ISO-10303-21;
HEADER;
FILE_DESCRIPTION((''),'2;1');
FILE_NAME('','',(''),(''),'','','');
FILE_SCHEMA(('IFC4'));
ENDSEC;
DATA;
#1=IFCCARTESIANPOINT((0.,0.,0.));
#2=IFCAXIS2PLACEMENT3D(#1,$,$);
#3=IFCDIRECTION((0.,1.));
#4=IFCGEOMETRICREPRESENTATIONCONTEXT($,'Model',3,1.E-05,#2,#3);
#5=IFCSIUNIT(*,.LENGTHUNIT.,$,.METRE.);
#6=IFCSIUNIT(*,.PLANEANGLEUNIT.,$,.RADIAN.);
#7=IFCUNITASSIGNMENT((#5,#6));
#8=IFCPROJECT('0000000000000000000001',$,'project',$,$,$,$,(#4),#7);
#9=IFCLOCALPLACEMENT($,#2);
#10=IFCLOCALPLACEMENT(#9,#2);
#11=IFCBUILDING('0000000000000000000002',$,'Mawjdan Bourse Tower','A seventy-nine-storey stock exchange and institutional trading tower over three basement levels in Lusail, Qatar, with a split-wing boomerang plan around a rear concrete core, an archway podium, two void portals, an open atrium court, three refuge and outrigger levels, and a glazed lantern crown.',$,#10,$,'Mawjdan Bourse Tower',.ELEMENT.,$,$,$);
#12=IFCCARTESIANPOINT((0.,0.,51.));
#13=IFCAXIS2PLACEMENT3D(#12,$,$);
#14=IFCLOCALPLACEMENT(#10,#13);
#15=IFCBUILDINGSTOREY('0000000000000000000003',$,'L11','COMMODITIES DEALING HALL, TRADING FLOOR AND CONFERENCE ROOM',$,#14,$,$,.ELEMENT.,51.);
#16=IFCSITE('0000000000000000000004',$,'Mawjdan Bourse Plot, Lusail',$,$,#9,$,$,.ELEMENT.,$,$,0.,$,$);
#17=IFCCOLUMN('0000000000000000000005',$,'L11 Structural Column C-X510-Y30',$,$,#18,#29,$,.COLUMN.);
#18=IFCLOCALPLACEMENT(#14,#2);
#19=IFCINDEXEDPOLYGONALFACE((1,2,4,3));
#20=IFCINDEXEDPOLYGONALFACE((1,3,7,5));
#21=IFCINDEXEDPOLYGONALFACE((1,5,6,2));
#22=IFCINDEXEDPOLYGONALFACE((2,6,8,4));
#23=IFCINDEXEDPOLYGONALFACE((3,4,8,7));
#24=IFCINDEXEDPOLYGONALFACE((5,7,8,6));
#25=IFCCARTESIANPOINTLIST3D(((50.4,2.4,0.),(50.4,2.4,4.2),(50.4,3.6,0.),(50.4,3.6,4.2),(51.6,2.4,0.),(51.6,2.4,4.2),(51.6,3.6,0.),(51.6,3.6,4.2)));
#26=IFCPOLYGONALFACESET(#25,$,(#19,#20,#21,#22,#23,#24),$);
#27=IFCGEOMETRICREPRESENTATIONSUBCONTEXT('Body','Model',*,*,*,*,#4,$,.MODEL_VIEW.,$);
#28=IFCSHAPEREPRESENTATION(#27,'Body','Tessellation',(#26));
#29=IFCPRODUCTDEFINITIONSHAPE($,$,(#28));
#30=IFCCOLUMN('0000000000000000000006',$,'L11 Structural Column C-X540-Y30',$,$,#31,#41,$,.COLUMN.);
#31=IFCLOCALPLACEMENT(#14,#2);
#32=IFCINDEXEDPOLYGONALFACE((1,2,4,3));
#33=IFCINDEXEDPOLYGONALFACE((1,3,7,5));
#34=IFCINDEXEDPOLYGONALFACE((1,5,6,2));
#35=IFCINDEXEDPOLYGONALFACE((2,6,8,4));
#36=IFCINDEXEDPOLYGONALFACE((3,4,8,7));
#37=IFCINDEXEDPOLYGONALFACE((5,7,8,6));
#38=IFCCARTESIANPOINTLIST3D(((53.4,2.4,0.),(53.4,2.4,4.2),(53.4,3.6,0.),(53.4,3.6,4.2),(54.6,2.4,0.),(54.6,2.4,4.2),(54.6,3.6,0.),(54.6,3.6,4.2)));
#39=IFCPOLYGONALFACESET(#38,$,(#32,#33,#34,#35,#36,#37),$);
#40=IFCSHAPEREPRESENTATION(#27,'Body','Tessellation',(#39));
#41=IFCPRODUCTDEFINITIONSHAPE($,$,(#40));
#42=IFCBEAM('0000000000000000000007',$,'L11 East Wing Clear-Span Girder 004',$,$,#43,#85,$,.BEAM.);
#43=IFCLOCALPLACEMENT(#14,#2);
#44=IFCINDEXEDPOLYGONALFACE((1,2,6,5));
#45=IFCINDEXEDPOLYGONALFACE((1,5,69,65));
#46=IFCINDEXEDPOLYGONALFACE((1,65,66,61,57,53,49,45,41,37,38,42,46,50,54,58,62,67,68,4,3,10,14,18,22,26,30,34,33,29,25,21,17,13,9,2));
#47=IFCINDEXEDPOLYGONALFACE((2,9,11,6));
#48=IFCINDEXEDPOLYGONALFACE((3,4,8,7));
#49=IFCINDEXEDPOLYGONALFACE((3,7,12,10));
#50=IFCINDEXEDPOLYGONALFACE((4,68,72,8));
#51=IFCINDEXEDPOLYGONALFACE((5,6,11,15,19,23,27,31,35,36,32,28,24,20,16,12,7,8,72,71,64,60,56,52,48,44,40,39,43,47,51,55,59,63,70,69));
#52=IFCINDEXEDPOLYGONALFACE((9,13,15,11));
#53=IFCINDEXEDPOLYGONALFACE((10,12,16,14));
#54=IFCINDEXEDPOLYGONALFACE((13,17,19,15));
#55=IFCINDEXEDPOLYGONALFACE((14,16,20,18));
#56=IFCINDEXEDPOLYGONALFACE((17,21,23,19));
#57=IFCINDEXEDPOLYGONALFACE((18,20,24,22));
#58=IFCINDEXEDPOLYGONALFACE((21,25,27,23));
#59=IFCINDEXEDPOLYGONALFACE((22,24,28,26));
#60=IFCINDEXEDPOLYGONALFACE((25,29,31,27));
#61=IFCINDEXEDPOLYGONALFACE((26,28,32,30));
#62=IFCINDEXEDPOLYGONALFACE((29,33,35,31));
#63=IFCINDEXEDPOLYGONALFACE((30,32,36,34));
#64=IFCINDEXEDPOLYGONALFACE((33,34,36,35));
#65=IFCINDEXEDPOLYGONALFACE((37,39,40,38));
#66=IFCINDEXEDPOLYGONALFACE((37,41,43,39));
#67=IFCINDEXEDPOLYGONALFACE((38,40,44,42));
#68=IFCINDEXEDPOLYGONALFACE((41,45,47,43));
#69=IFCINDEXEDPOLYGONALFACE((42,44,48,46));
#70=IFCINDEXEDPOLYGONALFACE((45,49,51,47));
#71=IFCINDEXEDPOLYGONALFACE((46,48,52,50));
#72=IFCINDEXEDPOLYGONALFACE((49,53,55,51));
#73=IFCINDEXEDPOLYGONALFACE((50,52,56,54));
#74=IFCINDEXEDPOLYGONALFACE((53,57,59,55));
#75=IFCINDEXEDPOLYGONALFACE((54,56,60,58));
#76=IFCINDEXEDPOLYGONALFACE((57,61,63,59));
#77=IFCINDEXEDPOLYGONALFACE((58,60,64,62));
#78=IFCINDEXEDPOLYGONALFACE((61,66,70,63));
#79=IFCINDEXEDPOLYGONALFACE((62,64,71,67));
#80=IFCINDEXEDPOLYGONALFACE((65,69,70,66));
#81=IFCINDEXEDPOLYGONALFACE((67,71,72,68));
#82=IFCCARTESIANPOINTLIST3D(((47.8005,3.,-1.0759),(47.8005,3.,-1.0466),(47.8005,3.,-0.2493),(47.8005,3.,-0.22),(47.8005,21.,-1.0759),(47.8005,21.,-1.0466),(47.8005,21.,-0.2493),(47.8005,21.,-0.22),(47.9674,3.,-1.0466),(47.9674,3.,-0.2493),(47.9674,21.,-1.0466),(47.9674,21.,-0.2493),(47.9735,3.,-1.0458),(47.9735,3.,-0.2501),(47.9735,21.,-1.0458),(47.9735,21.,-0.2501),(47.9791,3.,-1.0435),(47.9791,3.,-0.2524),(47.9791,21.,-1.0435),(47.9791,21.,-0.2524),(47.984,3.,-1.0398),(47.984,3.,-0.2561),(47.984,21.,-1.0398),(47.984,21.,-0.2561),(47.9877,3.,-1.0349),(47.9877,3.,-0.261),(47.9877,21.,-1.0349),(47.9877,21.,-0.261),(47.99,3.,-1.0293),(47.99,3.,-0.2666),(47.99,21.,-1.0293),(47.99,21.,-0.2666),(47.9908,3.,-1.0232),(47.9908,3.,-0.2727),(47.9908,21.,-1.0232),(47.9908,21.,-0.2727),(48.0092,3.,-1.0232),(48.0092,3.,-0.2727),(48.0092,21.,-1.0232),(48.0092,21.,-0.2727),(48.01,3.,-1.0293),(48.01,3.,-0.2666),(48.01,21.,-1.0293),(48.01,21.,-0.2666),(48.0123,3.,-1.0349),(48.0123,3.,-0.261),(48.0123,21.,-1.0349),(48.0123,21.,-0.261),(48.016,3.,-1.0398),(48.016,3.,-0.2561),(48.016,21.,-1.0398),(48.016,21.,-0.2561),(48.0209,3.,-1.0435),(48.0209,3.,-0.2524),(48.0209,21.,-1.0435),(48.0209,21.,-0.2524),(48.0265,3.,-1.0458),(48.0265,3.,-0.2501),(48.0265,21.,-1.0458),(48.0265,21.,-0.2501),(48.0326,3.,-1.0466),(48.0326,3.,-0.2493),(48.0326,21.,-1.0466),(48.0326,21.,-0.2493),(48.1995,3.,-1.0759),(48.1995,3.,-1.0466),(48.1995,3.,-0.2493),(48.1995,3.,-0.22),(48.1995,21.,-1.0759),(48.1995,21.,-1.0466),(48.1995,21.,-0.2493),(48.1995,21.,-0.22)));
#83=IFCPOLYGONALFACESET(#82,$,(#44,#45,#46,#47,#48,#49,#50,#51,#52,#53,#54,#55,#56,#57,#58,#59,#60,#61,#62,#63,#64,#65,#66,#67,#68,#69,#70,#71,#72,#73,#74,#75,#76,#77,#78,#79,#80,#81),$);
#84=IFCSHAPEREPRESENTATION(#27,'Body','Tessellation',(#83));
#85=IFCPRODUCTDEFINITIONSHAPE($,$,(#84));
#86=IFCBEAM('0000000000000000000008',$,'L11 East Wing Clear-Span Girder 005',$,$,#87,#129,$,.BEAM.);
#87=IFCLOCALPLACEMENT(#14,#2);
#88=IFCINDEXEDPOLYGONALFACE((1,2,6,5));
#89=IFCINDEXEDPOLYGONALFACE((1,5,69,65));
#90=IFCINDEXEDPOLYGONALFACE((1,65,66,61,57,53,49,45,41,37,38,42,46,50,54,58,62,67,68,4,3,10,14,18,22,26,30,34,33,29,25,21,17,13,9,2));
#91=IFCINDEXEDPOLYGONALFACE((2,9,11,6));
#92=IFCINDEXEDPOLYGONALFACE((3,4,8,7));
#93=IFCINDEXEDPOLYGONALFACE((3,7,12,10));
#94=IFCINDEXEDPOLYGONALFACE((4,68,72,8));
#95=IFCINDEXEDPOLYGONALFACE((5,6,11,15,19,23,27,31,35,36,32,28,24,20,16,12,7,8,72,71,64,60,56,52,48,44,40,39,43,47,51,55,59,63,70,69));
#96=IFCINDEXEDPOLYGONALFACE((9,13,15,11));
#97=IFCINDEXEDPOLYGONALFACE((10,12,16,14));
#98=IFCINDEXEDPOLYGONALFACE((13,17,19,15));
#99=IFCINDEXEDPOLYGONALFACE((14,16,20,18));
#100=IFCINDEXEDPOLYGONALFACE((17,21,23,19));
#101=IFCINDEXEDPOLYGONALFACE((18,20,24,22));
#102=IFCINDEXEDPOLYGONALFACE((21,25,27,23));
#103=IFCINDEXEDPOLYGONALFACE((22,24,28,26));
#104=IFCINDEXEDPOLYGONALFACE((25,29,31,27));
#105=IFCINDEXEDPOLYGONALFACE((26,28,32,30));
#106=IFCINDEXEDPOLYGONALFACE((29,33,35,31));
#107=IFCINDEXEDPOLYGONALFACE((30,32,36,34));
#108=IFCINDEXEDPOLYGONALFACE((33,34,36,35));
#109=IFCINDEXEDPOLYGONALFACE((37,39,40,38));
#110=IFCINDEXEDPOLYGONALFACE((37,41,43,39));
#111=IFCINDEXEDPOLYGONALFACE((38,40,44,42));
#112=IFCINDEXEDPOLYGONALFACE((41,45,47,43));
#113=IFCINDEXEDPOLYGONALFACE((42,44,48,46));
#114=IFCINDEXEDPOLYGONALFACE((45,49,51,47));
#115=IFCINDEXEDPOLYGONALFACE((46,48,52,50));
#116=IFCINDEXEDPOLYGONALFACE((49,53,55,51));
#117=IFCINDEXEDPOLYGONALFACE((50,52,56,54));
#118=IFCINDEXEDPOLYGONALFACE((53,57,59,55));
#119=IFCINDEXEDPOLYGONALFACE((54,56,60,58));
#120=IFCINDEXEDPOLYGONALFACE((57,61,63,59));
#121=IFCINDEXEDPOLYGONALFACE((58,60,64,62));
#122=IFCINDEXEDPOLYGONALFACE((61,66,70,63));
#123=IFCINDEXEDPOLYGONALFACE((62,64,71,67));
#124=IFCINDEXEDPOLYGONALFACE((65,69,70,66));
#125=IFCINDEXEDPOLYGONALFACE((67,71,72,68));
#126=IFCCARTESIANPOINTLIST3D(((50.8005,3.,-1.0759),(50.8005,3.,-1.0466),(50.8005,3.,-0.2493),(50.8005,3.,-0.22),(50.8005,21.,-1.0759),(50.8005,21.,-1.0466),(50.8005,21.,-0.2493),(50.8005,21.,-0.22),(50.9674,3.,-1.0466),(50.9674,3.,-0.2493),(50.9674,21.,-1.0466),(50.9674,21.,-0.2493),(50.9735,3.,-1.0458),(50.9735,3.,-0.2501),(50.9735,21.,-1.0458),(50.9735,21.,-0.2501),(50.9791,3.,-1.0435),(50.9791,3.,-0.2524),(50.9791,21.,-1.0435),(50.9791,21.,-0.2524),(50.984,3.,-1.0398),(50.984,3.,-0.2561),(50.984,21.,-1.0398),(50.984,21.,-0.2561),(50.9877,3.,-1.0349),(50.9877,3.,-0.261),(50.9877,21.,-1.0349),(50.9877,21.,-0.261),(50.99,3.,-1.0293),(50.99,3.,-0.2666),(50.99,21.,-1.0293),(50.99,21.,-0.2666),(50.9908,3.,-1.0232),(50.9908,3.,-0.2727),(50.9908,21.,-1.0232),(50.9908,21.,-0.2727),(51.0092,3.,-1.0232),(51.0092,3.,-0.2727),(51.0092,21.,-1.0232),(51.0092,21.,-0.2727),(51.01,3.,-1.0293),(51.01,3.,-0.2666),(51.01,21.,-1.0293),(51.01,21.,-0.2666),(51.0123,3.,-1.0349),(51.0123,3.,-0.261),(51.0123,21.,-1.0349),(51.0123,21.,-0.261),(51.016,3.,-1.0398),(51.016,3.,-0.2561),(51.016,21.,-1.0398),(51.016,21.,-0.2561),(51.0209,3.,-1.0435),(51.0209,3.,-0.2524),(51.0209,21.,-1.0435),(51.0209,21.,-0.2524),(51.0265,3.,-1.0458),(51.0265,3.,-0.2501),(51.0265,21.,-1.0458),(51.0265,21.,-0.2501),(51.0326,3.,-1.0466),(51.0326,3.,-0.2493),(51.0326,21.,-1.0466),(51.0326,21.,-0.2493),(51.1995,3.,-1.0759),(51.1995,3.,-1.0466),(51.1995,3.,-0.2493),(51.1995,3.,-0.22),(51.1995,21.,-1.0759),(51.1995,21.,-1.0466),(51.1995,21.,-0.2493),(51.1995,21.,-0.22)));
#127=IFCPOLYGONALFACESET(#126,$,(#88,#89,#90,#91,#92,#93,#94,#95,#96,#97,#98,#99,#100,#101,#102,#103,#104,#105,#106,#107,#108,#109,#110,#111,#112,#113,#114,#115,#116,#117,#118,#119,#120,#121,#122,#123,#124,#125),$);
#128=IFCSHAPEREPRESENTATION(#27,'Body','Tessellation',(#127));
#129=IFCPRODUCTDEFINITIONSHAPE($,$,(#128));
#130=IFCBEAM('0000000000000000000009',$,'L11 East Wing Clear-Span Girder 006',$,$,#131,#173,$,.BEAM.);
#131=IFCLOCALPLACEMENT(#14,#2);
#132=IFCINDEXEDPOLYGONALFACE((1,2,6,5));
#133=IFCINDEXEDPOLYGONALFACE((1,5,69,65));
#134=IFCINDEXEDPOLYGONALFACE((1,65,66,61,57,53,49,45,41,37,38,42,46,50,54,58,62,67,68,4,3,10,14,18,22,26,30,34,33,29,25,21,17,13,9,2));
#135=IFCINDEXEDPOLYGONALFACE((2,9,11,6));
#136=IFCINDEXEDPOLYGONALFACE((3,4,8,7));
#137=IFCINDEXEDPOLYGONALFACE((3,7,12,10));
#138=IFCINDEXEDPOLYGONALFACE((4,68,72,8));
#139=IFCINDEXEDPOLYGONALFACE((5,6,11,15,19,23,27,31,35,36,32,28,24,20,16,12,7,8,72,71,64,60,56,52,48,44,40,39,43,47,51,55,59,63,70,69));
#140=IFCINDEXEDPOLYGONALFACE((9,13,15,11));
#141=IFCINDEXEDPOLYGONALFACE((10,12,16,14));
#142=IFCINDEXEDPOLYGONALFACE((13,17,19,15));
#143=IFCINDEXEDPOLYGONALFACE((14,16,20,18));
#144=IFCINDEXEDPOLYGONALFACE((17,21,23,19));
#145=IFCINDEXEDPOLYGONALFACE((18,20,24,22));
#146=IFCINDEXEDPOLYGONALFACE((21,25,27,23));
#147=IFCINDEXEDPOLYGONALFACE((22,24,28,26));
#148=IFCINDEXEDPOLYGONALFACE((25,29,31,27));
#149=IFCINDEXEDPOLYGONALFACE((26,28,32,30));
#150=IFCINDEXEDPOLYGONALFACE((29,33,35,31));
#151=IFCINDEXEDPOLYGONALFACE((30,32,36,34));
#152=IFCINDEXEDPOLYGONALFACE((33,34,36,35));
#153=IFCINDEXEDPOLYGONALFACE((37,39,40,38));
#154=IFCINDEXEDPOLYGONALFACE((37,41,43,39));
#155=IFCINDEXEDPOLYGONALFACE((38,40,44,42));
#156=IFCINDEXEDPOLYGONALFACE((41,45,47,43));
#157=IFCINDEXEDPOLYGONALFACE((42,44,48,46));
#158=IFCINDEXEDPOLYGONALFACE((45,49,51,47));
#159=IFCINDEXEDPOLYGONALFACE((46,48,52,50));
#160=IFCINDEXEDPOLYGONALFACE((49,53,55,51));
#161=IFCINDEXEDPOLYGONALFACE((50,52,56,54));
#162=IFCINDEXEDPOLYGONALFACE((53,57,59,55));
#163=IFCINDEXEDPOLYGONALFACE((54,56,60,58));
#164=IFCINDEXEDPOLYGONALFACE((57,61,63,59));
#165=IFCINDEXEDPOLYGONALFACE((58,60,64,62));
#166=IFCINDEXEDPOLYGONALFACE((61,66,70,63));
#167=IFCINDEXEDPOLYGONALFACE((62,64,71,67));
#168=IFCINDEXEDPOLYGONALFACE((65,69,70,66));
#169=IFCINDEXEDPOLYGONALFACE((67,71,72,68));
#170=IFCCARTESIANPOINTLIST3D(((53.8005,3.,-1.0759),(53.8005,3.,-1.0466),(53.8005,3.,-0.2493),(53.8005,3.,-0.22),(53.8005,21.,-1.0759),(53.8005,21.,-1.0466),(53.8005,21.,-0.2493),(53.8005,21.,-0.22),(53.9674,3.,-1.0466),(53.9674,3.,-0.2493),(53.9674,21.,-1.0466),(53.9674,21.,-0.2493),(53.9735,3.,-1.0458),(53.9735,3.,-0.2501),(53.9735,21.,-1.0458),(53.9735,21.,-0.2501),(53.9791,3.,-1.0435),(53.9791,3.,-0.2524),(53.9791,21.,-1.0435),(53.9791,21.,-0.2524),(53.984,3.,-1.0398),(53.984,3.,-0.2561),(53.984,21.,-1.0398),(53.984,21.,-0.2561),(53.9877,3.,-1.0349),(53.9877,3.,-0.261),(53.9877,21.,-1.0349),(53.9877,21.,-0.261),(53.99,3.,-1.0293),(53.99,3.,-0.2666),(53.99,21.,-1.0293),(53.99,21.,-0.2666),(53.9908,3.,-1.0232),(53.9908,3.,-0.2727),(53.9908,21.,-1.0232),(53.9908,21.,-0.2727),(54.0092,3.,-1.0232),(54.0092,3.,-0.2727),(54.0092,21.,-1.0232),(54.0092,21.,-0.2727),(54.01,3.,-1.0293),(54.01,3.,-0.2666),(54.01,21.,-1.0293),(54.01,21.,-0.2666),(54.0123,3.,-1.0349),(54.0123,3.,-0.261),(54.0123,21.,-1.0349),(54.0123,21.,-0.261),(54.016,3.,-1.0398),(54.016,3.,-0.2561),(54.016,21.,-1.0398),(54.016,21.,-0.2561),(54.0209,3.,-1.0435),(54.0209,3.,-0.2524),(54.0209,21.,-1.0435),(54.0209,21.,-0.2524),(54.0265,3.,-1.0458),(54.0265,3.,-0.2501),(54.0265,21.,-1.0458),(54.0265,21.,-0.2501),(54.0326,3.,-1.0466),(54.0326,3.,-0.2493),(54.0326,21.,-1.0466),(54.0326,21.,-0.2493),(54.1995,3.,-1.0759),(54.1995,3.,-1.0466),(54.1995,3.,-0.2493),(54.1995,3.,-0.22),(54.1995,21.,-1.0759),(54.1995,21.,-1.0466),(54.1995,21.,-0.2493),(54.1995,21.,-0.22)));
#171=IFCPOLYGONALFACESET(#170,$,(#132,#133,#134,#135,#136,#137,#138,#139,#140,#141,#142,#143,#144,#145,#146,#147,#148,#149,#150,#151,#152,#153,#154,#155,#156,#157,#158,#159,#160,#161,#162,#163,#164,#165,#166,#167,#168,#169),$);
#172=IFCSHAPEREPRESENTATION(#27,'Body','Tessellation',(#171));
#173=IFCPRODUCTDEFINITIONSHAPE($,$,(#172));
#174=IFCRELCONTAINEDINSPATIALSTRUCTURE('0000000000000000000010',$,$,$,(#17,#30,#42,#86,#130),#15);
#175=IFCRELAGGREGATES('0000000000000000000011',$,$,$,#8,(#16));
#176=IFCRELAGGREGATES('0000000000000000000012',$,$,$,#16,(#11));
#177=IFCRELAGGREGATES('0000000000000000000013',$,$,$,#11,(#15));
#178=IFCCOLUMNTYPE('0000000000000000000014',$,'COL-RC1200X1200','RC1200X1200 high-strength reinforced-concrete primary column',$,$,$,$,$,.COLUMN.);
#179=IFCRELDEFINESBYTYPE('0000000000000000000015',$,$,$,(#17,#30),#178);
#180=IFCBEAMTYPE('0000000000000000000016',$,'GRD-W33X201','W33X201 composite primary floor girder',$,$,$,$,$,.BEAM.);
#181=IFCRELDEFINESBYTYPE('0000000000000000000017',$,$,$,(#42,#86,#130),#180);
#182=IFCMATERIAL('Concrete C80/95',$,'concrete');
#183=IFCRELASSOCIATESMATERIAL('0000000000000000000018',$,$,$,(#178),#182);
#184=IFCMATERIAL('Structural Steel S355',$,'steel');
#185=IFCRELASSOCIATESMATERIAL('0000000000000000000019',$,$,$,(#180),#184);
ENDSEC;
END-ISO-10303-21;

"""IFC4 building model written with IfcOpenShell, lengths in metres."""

from ifc_helpers import new_model, si_unit, direction, frame, origin, origin_2d, place, context, subcontext, project, spatial, rectangle, i_section, extrude, material, material_profile, profile_set, type_object, element, save


model = new_model("IFC4")

# Units and contexts
model_context = context("Model", 3, precision=1e-05, world=origin(), true_north=direction((0.0, 1.0)))
body_context = subcontext(model_context, "Body", "Model", "MODEL_VIEW")
ifc_project = project(units=[si_unit("LENGTHUNIT", "METRE"), si_unit("PLANEANGLEUNIT", "RADIAN")], contexts=[model_context])

# Site, building, storey
site_placement = place(None, origin())
site = spatial("IfcSite", under=ifc_project, at=site_placement, Name="Mawjdan Bourse Plot, Lusail", CompositionType="ELEMENT", RefElevation=0.0)
building_placement = place(site_placement, origin())
building = spatial("IfcBuilding", under=site, at=building_placement, Name="Mawjdan Bourse Tower", Description="A seventy-nine-storey stock exchange and institutional trading tower over three basement levels in Lusail, Qatar, with a split-wing boomerang plan around a rear concrete core, an archway podium, two void portals, an open atrium court, three refuge and outrigger levels, and a glazed lantern crown.", LongName="Mawjdan Bourse Tower", CompositionType="ELEMENT")
storey_placement = place(building_placement, frame((0.0, 0.0, 51.0)))
storey = spatial("IfcBuildingStorey", under=building, at=storey_placement, Name="L11", Description="COMMODITIES DEALING HALL, TRADING FLOOR AND CONFERENCE ROOM", CompositionType="ELEMENT", Elevation=51.0)

# Columns
ifc_material_1 = material(Name="Concrete C80/95", Category="concrete")
ifc_material_profile_1 = material_profile(ifc_material_1, rectangle(XDim=1.2, YDim=1.2, at=origin_2d()), Name="RC1200X1200")
ifc_profile_set_1 = profile_set([ifc_material_profile_1], Name="Concrete C80/95")
column_type = type_object("IfcColumnType", Name="COL-RC1200X1200", Description="RC1200X1200 high-strength reinforced-concrete primary column", PredefinedType="COLUMN", material=ifc_profile_set_1)
for number, where, z_axis, x_axis, name in (
    (1, (51.0, 3.0, 0.0), (0.0, 0.0, 1.0), (1.0, 0.0, 0.0), "L11 Structural Column C-X510-Y30"),
    (2, (54.0, 3.0, 0.0), (0.0, 0.0, 1.0), (1.0, 0.0, 0.0), "L11 Structural Column C-X540-Y30"),
):
    element("IfcColumn", number, at=place(storey_placement, frame(where, z_axis=z_axis, x_axis=x_axis)), inside=storey, type_object=column_type, Name=name, PredefinedType="COLUMN", context=body_context, shape_type="SweptSolid", body=[
        extrude(rectangle(XDim=1.2, YDim=1.2, at=origin_2d()), origin(), (0.0, 0.0, 1.0), 4.2),
    ])

# Beams
ifc_material_2 = material(Name="Structural Steel S355", Category="steel")
ifc_material_profile_2 = material_profile(ifc_material_2, i_section(OverallWidth=0.3989, OverallDepth=0.856, WebThickness=0.0183, FlangeThickness=0.0293, FilletRadius=0.0234, at=origin_2d()), Name="W33X201")
ifc_profile_set_2 = profile_set([ifc_material_profile_2], Name="Structural Steel S355")
beam_type_1 = type_object("IfcBeamType", Name="GRD-W33X201", Description="W33X201 composite primary floor girder", PredefinedType="BEAM", material=ifc_profile_set_2)
for number, where, z_axis, x_axis, name in (
    (3, (48.0, 3.0, -0.6479), (0.0, 1.0, 0.0), (-1.0, 0.0, 0.0), "L11 East Wing Clear-Span Girder 004"),
    (4, (51.0, 3.0, -0.6479), (0.0, 1.0, 0.0), (-1.0, 0.0, 0.0), "L11 East Wing Clear-Span Girder 005"),
    (5, (54.0, 3.0, -0.6479), (0.0, 1.0, 0.0), (-1.0, 0.0, 0.0), "L11 East Wing Clear-Span Girder 006"),
):
    element("IfcBeam", number, at=place(storey_placement, frame(where, z_axis=z_axis, x_axis=x_axis)), inside=storey, type_object=beam_type_1, Name=name, PredefinedType="BEAM", context=body_context, shape_type="SweptSolid", body=[
        extrude(i_section(OverallWidth=0.3989, OverallDepth=0.856, WebThickness=0.0183, FlangeThickness=0.0293, FilletRadius=0.0234, at=origin_2d()), origin(), (0.0, 0.0, 1.0), 18.0),
    ])

save(model, "model.ifc")
